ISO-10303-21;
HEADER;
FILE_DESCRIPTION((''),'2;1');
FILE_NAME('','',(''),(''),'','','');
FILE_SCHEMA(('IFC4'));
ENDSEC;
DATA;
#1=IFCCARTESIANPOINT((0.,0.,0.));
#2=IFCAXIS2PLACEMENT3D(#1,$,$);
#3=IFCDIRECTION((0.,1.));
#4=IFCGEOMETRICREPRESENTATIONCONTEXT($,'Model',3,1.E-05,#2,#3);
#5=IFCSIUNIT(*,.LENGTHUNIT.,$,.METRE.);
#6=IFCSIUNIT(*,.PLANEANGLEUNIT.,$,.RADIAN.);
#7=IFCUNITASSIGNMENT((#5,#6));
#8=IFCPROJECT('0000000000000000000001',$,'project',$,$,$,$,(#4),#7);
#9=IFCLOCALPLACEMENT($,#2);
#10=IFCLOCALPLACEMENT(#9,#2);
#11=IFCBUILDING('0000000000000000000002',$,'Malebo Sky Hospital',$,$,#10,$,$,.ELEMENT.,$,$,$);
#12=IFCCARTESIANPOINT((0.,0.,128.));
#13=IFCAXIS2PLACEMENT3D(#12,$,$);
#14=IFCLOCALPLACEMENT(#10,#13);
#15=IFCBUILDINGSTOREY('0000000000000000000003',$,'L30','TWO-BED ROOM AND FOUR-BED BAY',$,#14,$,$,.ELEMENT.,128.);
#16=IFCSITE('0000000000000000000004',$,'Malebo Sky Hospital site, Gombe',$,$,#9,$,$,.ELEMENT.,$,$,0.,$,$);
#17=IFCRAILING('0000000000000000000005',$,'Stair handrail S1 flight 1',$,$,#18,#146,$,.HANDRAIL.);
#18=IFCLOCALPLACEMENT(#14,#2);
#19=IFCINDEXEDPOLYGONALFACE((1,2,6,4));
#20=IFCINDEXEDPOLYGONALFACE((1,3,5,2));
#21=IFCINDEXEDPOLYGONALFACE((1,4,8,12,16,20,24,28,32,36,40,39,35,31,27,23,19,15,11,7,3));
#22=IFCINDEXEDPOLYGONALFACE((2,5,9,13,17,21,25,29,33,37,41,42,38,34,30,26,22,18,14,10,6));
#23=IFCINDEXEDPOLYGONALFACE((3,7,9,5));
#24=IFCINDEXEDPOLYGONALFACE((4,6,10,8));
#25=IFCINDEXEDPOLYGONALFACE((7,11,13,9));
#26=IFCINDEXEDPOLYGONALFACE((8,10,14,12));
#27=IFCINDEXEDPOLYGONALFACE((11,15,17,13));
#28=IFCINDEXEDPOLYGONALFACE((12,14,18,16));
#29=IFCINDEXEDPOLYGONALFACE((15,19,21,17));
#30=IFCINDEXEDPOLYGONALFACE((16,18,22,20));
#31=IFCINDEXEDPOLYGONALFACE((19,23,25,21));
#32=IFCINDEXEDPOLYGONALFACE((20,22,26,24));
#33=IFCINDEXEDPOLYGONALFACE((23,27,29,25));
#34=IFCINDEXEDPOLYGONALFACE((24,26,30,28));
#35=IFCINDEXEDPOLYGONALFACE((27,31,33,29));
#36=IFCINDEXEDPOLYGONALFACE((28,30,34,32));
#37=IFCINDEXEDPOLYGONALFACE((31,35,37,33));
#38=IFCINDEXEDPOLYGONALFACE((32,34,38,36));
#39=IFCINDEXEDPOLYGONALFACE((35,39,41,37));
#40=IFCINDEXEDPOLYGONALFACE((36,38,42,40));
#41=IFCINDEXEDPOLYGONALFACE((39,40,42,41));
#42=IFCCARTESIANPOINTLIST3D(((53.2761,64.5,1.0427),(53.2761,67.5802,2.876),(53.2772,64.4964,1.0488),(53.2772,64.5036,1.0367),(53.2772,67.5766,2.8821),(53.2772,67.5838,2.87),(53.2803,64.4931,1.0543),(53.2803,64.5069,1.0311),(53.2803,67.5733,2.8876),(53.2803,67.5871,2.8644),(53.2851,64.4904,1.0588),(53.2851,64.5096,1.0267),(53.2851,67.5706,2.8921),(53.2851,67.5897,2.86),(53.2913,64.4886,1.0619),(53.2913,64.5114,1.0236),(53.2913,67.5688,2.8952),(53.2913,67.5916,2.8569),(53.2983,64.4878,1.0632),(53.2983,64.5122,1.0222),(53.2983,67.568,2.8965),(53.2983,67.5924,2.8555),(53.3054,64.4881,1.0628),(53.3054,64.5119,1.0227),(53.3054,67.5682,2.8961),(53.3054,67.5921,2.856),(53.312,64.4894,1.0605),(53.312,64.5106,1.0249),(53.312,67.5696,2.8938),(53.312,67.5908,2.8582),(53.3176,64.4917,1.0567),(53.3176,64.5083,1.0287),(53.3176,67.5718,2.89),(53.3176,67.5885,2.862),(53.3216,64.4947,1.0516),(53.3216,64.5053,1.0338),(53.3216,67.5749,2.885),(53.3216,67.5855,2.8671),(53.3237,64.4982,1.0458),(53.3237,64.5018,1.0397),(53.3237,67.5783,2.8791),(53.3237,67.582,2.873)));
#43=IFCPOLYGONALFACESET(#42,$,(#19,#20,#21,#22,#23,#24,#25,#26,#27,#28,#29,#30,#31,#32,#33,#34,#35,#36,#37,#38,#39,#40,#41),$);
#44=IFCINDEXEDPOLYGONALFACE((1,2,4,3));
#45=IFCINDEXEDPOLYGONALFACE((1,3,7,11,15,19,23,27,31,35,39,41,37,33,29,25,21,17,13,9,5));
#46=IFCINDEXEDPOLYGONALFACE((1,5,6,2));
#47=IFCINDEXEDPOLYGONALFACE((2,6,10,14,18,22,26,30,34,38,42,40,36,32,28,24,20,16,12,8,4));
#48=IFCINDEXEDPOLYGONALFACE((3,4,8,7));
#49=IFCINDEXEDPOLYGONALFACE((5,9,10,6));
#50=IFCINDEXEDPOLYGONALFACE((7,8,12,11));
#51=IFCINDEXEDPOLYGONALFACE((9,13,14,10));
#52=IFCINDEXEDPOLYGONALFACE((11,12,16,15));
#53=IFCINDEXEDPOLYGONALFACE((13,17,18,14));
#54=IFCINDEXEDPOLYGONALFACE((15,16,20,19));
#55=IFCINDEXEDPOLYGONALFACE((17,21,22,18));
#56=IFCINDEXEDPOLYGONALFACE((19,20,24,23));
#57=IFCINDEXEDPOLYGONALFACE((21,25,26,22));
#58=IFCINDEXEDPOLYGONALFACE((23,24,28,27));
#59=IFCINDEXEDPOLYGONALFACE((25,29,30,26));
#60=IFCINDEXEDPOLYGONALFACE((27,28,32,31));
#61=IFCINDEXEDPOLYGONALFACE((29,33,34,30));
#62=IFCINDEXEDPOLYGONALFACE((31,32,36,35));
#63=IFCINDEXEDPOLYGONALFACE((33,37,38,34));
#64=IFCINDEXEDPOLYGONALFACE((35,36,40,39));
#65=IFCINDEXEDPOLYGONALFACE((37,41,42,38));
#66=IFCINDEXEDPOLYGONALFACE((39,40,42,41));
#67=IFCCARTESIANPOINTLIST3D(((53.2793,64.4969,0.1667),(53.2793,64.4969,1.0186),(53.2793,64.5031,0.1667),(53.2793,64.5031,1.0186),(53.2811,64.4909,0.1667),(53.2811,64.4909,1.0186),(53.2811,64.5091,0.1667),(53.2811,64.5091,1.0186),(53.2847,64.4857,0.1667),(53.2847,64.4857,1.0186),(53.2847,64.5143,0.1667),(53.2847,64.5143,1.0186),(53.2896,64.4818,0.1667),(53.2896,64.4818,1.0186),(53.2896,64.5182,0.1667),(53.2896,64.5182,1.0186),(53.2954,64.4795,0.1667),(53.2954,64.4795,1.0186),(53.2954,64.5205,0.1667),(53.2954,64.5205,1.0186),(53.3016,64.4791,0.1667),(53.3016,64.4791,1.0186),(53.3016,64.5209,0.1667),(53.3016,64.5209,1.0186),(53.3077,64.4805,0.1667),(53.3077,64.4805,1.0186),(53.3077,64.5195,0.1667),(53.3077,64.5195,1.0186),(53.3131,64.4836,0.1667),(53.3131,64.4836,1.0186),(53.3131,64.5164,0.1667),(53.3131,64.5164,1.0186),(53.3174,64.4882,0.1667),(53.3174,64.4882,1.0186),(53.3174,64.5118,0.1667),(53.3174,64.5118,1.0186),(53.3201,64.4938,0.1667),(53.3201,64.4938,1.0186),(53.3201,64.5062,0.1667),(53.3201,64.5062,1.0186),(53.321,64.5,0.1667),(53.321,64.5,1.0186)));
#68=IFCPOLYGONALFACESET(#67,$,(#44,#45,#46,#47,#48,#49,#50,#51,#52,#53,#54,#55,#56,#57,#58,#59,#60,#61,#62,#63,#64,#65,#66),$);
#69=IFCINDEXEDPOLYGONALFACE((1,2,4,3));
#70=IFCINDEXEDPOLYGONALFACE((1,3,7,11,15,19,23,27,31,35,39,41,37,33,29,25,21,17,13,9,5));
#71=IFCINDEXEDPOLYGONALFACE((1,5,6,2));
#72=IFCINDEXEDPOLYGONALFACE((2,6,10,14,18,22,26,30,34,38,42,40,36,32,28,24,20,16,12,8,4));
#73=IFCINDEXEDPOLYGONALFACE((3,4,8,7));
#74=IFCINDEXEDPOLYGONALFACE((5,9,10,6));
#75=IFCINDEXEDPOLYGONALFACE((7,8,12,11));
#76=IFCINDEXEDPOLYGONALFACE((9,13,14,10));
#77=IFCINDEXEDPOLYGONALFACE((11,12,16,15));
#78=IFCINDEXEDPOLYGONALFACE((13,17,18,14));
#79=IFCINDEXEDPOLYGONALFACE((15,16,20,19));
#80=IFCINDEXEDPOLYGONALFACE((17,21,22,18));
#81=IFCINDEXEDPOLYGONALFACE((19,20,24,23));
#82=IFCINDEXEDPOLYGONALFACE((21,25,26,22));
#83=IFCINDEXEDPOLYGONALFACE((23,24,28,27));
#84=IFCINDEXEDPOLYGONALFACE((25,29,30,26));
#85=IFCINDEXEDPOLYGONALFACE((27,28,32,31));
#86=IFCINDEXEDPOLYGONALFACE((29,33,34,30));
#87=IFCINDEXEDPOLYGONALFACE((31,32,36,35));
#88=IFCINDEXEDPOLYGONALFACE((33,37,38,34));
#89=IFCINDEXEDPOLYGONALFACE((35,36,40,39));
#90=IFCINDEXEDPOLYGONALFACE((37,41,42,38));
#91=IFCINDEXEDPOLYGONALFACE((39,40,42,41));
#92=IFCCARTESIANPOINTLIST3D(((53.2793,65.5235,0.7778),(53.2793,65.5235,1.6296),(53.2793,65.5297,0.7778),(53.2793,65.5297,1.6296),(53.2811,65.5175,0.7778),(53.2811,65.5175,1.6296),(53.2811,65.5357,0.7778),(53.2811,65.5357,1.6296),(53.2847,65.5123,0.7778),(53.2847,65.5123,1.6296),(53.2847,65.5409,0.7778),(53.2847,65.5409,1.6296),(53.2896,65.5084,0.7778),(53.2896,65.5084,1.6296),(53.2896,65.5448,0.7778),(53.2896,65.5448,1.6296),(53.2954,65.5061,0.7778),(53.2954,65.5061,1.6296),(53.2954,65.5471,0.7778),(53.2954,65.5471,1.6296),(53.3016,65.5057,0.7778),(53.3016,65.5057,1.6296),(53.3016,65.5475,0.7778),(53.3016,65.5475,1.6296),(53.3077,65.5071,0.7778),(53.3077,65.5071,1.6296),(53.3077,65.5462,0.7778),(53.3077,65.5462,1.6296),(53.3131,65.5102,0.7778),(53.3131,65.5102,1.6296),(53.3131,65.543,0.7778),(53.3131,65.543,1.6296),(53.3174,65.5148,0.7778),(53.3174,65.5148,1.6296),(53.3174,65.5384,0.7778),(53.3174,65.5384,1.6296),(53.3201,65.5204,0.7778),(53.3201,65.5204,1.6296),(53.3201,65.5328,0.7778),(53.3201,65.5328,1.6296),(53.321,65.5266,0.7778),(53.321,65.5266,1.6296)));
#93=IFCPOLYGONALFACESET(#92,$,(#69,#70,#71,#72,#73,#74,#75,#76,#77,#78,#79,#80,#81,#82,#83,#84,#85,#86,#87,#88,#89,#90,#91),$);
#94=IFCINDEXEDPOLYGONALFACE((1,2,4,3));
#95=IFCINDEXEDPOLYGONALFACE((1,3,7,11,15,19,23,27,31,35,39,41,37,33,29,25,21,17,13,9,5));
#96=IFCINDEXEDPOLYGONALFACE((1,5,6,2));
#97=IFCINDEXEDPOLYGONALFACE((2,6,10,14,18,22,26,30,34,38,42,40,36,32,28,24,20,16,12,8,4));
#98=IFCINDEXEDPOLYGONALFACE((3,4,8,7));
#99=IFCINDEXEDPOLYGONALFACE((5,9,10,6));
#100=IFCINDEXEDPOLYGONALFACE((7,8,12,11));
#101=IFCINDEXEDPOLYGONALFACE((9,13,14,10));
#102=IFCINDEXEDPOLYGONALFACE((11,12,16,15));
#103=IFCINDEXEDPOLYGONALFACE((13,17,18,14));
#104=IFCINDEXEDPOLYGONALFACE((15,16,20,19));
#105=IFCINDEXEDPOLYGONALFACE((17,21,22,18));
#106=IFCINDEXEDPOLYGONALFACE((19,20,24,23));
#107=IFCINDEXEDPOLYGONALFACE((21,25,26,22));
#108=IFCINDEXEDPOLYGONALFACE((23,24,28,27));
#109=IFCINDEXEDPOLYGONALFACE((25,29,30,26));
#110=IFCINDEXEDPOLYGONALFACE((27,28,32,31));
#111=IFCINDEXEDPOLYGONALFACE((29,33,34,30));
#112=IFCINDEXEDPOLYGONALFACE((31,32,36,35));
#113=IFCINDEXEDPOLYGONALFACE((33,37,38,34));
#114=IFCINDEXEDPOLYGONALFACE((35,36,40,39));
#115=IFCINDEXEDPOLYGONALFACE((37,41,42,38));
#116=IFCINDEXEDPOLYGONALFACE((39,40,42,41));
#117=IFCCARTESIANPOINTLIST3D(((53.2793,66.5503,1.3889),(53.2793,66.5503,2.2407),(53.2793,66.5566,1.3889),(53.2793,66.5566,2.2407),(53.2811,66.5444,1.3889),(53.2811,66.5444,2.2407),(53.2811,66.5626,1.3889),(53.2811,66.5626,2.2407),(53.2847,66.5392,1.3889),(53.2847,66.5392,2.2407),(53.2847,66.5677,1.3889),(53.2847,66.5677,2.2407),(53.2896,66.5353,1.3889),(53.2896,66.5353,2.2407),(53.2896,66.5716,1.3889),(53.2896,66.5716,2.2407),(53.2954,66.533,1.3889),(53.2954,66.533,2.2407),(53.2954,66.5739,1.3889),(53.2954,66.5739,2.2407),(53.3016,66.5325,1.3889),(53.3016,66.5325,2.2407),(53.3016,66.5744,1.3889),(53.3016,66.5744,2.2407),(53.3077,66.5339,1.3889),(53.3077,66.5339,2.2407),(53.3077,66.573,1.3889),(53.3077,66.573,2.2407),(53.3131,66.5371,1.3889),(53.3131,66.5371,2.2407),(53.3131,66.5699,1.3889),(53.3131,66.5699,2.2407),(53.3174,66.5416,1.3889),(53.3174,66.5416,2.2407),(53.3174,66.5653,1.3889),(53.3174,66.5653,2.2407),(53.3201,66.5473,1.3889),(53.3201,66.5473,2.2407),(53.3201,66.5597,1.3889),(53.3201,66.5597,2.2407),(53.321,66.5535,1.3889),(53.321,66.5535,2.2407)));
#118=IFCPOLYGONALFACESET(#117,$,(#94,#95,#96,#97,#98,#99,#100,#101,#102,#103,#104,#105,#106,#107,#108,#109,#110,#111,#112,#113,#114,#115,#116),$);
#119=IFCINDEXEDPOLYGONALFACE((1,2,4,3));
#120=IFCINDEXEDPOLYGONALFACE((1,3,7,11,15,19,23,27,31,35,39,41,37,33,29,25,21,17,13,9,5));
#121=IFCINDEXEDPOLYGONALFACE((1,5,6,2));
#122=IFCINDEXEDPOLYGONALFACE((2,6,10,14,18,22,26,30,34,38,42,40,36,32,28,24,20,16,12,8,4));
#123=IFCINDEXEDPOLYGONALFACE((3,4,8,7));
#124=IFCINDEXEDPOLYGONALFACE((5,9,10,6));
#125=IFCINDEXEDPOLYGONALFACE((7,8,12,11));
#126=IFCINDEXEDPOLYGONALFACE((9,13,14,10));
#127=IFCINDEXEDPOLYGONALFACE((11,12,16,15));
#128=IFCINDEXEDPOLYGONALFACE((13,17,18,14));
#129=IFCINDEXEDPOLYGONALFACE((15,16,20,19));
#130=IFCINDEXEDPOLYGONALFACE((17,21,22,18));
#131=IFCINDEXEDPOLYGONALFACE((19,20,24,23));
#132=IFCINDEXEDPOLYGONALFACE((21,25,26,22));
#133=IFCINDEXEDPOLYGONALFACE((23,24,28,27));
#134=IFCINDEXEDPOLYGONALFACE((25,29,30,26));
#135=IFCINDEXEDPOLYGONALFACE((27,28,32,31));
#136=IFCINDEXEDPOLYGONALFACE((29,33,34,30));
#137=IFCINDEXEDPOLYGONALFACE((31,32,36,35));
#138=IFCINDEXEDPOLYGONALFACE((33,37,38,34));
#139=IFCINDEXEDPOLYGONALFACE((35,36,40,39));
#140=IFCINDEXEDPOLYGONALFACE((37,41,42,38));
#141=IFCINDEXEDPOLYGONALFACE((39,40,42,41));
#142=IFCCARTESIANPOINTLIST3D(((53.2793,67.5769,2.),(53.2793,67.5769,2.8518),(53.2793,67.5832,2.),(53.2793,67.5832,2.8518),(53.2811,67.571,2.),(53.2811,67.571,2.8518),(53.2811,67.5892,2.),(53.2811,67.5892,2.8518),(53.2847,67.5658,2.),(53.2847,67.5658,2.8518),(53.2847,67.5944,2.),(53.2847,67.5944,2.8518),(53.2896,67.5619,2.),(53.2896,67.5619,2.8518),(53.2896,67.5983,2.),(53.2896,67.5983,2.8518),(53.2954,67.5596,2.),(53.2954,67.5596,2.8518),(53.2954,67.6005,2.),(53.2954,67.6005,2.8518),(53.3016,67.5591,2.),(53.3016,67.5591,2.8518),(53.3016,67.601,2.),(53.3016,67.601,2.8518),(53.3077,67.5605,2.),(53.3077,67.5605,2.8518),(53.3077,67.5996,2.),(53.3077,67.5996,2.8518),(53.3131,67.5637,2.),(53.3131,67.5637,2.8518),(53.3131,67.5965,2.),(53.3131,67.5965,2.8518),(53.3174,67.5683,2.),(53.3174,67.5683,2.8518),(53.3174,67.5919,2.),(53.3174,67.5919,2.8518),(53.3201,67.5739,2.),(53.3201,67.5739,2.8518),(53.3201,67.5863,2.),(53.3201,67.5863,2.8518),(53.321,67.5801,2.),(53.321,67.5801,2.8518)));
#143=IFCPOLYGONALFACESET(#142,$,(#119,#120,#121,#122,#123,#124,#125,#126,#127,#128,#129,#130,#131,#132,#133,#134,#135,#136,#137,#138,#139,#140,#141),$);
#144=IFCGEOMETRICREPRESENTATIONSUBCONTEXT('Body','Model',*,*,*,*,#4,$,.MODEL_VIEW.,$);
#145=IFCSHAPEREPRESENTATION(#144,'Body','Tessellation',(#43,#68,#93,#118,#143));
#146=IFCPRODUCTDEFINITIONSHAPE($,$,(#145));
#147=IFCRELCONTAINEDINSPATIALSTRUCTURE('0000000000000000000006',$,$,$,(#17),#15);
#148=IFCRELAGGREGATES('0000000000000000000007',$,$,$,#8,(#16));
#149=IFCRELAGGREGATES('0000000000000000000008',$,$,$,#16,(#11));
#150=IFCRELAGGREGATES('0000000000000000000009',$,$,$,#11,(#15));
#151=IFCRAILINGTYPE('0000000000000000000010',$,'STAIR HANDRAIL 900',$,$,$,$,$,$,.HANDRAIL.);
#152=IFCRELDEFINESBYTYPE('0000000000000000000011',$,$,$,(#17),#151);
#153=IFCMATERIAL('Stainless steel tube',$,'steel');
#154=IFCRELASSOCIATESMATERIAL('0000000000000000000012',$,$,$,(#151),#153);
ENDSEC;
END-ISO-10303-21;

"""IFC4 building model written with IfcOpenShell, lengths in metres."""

from ifc_helpers import new_model, si_unit, direction, frame, origin, origin_2d, place, context, subcontext, project, spatial, circle, extrude, material, type_object, element, save


model = new_model("IFC4")

# Units and contexts
model_context = context("Model", 3, precision=1e-05, world=origin(), true_north=direction((0.0, 1.0)))
body_context = subcontext(model_context, "Body", "Model", "MODEL_VIEW")
ifc_project = project(units=[si_unit("LENGTHUNIT", "METRE"), si_unit("PLANEANGLEUNIT", "RADIAN")], contexts=[model_context])

# Site, building, storey
site_placement = place(None, origin())
site = spatial("IfcSite", under=ifc_project, at=site_placement, Name="Malebo Sky Hospital site, Gombe", CompositionType="ELEMENT", RefElevation=0.0)
building_placement = place(site_placement, origin())
building = spatial("IfcBuilding", under=site, at=building_placement, Name="Malebo Sky Hospital", CompositionType="ELEMENT")
storey_placement = place(building_placement, frame((0.0, 0.0, 128.0)))
storey = spatial("IfcBuildingStorey", under=building, at=storey_placement, Name="L30", Description="TWO-BED ROOM AND FOUR-BED BAY", CompositionType="ELEMENT", Elevation=128.0)

# Railing
ifc_material_1 = material(Name="Stainless steel tube", Category="steel")
railing_type = type_object("IfcRailingType", Name="STAIR HANDRAIL 900", PredefinedType="HANDRAIL", material=ifc_material_1)
railing_1_placement = place(storey_placement, frame((53.3, 64.5, 0.1667)))
element("IfcRailing", 1, at=railing_1_placement, inside=storey, type_object=railing_type, Name="Stair handrail S1 flight 1", PredefinedType="HANDRAIL", context=body_context, shape_type="SweptSolid", body=[
    extrude(circle(Radius=0.0239, at=origin_2d()), frame((0.0, 0.0, 0.876), z_axis=(0.0, 0.859309, 0.511458), x_axis=(-1.0, 0.0, 0.0)), (0.0, 0.0, 1.0), 3.5845),
    extrude(circle(Radius=0.021, at=origin_2d()), origin(), (0.0, 0.0, 1.0), 0.8518),
    extrude(circle(Radius=0.021, at=origin_2d()), frame((0.0, 1.0266, 0.6111)), (0.0, 0.0, 1.0), 0.8518),
    extrude(circle(Radius=0.021, at=origin_2d()), frame((0.0, 2.0535, 1.2222)), (0.0, 0.0, 1.0), 0.8518),
    extrude(circle(Radius=0.021, at=origin_2d()), frame((0.0, 3.0801, 1.8333)), (0.0, 0.0, 1.0), 0.8518),
])

save(model, "model.ifc")
